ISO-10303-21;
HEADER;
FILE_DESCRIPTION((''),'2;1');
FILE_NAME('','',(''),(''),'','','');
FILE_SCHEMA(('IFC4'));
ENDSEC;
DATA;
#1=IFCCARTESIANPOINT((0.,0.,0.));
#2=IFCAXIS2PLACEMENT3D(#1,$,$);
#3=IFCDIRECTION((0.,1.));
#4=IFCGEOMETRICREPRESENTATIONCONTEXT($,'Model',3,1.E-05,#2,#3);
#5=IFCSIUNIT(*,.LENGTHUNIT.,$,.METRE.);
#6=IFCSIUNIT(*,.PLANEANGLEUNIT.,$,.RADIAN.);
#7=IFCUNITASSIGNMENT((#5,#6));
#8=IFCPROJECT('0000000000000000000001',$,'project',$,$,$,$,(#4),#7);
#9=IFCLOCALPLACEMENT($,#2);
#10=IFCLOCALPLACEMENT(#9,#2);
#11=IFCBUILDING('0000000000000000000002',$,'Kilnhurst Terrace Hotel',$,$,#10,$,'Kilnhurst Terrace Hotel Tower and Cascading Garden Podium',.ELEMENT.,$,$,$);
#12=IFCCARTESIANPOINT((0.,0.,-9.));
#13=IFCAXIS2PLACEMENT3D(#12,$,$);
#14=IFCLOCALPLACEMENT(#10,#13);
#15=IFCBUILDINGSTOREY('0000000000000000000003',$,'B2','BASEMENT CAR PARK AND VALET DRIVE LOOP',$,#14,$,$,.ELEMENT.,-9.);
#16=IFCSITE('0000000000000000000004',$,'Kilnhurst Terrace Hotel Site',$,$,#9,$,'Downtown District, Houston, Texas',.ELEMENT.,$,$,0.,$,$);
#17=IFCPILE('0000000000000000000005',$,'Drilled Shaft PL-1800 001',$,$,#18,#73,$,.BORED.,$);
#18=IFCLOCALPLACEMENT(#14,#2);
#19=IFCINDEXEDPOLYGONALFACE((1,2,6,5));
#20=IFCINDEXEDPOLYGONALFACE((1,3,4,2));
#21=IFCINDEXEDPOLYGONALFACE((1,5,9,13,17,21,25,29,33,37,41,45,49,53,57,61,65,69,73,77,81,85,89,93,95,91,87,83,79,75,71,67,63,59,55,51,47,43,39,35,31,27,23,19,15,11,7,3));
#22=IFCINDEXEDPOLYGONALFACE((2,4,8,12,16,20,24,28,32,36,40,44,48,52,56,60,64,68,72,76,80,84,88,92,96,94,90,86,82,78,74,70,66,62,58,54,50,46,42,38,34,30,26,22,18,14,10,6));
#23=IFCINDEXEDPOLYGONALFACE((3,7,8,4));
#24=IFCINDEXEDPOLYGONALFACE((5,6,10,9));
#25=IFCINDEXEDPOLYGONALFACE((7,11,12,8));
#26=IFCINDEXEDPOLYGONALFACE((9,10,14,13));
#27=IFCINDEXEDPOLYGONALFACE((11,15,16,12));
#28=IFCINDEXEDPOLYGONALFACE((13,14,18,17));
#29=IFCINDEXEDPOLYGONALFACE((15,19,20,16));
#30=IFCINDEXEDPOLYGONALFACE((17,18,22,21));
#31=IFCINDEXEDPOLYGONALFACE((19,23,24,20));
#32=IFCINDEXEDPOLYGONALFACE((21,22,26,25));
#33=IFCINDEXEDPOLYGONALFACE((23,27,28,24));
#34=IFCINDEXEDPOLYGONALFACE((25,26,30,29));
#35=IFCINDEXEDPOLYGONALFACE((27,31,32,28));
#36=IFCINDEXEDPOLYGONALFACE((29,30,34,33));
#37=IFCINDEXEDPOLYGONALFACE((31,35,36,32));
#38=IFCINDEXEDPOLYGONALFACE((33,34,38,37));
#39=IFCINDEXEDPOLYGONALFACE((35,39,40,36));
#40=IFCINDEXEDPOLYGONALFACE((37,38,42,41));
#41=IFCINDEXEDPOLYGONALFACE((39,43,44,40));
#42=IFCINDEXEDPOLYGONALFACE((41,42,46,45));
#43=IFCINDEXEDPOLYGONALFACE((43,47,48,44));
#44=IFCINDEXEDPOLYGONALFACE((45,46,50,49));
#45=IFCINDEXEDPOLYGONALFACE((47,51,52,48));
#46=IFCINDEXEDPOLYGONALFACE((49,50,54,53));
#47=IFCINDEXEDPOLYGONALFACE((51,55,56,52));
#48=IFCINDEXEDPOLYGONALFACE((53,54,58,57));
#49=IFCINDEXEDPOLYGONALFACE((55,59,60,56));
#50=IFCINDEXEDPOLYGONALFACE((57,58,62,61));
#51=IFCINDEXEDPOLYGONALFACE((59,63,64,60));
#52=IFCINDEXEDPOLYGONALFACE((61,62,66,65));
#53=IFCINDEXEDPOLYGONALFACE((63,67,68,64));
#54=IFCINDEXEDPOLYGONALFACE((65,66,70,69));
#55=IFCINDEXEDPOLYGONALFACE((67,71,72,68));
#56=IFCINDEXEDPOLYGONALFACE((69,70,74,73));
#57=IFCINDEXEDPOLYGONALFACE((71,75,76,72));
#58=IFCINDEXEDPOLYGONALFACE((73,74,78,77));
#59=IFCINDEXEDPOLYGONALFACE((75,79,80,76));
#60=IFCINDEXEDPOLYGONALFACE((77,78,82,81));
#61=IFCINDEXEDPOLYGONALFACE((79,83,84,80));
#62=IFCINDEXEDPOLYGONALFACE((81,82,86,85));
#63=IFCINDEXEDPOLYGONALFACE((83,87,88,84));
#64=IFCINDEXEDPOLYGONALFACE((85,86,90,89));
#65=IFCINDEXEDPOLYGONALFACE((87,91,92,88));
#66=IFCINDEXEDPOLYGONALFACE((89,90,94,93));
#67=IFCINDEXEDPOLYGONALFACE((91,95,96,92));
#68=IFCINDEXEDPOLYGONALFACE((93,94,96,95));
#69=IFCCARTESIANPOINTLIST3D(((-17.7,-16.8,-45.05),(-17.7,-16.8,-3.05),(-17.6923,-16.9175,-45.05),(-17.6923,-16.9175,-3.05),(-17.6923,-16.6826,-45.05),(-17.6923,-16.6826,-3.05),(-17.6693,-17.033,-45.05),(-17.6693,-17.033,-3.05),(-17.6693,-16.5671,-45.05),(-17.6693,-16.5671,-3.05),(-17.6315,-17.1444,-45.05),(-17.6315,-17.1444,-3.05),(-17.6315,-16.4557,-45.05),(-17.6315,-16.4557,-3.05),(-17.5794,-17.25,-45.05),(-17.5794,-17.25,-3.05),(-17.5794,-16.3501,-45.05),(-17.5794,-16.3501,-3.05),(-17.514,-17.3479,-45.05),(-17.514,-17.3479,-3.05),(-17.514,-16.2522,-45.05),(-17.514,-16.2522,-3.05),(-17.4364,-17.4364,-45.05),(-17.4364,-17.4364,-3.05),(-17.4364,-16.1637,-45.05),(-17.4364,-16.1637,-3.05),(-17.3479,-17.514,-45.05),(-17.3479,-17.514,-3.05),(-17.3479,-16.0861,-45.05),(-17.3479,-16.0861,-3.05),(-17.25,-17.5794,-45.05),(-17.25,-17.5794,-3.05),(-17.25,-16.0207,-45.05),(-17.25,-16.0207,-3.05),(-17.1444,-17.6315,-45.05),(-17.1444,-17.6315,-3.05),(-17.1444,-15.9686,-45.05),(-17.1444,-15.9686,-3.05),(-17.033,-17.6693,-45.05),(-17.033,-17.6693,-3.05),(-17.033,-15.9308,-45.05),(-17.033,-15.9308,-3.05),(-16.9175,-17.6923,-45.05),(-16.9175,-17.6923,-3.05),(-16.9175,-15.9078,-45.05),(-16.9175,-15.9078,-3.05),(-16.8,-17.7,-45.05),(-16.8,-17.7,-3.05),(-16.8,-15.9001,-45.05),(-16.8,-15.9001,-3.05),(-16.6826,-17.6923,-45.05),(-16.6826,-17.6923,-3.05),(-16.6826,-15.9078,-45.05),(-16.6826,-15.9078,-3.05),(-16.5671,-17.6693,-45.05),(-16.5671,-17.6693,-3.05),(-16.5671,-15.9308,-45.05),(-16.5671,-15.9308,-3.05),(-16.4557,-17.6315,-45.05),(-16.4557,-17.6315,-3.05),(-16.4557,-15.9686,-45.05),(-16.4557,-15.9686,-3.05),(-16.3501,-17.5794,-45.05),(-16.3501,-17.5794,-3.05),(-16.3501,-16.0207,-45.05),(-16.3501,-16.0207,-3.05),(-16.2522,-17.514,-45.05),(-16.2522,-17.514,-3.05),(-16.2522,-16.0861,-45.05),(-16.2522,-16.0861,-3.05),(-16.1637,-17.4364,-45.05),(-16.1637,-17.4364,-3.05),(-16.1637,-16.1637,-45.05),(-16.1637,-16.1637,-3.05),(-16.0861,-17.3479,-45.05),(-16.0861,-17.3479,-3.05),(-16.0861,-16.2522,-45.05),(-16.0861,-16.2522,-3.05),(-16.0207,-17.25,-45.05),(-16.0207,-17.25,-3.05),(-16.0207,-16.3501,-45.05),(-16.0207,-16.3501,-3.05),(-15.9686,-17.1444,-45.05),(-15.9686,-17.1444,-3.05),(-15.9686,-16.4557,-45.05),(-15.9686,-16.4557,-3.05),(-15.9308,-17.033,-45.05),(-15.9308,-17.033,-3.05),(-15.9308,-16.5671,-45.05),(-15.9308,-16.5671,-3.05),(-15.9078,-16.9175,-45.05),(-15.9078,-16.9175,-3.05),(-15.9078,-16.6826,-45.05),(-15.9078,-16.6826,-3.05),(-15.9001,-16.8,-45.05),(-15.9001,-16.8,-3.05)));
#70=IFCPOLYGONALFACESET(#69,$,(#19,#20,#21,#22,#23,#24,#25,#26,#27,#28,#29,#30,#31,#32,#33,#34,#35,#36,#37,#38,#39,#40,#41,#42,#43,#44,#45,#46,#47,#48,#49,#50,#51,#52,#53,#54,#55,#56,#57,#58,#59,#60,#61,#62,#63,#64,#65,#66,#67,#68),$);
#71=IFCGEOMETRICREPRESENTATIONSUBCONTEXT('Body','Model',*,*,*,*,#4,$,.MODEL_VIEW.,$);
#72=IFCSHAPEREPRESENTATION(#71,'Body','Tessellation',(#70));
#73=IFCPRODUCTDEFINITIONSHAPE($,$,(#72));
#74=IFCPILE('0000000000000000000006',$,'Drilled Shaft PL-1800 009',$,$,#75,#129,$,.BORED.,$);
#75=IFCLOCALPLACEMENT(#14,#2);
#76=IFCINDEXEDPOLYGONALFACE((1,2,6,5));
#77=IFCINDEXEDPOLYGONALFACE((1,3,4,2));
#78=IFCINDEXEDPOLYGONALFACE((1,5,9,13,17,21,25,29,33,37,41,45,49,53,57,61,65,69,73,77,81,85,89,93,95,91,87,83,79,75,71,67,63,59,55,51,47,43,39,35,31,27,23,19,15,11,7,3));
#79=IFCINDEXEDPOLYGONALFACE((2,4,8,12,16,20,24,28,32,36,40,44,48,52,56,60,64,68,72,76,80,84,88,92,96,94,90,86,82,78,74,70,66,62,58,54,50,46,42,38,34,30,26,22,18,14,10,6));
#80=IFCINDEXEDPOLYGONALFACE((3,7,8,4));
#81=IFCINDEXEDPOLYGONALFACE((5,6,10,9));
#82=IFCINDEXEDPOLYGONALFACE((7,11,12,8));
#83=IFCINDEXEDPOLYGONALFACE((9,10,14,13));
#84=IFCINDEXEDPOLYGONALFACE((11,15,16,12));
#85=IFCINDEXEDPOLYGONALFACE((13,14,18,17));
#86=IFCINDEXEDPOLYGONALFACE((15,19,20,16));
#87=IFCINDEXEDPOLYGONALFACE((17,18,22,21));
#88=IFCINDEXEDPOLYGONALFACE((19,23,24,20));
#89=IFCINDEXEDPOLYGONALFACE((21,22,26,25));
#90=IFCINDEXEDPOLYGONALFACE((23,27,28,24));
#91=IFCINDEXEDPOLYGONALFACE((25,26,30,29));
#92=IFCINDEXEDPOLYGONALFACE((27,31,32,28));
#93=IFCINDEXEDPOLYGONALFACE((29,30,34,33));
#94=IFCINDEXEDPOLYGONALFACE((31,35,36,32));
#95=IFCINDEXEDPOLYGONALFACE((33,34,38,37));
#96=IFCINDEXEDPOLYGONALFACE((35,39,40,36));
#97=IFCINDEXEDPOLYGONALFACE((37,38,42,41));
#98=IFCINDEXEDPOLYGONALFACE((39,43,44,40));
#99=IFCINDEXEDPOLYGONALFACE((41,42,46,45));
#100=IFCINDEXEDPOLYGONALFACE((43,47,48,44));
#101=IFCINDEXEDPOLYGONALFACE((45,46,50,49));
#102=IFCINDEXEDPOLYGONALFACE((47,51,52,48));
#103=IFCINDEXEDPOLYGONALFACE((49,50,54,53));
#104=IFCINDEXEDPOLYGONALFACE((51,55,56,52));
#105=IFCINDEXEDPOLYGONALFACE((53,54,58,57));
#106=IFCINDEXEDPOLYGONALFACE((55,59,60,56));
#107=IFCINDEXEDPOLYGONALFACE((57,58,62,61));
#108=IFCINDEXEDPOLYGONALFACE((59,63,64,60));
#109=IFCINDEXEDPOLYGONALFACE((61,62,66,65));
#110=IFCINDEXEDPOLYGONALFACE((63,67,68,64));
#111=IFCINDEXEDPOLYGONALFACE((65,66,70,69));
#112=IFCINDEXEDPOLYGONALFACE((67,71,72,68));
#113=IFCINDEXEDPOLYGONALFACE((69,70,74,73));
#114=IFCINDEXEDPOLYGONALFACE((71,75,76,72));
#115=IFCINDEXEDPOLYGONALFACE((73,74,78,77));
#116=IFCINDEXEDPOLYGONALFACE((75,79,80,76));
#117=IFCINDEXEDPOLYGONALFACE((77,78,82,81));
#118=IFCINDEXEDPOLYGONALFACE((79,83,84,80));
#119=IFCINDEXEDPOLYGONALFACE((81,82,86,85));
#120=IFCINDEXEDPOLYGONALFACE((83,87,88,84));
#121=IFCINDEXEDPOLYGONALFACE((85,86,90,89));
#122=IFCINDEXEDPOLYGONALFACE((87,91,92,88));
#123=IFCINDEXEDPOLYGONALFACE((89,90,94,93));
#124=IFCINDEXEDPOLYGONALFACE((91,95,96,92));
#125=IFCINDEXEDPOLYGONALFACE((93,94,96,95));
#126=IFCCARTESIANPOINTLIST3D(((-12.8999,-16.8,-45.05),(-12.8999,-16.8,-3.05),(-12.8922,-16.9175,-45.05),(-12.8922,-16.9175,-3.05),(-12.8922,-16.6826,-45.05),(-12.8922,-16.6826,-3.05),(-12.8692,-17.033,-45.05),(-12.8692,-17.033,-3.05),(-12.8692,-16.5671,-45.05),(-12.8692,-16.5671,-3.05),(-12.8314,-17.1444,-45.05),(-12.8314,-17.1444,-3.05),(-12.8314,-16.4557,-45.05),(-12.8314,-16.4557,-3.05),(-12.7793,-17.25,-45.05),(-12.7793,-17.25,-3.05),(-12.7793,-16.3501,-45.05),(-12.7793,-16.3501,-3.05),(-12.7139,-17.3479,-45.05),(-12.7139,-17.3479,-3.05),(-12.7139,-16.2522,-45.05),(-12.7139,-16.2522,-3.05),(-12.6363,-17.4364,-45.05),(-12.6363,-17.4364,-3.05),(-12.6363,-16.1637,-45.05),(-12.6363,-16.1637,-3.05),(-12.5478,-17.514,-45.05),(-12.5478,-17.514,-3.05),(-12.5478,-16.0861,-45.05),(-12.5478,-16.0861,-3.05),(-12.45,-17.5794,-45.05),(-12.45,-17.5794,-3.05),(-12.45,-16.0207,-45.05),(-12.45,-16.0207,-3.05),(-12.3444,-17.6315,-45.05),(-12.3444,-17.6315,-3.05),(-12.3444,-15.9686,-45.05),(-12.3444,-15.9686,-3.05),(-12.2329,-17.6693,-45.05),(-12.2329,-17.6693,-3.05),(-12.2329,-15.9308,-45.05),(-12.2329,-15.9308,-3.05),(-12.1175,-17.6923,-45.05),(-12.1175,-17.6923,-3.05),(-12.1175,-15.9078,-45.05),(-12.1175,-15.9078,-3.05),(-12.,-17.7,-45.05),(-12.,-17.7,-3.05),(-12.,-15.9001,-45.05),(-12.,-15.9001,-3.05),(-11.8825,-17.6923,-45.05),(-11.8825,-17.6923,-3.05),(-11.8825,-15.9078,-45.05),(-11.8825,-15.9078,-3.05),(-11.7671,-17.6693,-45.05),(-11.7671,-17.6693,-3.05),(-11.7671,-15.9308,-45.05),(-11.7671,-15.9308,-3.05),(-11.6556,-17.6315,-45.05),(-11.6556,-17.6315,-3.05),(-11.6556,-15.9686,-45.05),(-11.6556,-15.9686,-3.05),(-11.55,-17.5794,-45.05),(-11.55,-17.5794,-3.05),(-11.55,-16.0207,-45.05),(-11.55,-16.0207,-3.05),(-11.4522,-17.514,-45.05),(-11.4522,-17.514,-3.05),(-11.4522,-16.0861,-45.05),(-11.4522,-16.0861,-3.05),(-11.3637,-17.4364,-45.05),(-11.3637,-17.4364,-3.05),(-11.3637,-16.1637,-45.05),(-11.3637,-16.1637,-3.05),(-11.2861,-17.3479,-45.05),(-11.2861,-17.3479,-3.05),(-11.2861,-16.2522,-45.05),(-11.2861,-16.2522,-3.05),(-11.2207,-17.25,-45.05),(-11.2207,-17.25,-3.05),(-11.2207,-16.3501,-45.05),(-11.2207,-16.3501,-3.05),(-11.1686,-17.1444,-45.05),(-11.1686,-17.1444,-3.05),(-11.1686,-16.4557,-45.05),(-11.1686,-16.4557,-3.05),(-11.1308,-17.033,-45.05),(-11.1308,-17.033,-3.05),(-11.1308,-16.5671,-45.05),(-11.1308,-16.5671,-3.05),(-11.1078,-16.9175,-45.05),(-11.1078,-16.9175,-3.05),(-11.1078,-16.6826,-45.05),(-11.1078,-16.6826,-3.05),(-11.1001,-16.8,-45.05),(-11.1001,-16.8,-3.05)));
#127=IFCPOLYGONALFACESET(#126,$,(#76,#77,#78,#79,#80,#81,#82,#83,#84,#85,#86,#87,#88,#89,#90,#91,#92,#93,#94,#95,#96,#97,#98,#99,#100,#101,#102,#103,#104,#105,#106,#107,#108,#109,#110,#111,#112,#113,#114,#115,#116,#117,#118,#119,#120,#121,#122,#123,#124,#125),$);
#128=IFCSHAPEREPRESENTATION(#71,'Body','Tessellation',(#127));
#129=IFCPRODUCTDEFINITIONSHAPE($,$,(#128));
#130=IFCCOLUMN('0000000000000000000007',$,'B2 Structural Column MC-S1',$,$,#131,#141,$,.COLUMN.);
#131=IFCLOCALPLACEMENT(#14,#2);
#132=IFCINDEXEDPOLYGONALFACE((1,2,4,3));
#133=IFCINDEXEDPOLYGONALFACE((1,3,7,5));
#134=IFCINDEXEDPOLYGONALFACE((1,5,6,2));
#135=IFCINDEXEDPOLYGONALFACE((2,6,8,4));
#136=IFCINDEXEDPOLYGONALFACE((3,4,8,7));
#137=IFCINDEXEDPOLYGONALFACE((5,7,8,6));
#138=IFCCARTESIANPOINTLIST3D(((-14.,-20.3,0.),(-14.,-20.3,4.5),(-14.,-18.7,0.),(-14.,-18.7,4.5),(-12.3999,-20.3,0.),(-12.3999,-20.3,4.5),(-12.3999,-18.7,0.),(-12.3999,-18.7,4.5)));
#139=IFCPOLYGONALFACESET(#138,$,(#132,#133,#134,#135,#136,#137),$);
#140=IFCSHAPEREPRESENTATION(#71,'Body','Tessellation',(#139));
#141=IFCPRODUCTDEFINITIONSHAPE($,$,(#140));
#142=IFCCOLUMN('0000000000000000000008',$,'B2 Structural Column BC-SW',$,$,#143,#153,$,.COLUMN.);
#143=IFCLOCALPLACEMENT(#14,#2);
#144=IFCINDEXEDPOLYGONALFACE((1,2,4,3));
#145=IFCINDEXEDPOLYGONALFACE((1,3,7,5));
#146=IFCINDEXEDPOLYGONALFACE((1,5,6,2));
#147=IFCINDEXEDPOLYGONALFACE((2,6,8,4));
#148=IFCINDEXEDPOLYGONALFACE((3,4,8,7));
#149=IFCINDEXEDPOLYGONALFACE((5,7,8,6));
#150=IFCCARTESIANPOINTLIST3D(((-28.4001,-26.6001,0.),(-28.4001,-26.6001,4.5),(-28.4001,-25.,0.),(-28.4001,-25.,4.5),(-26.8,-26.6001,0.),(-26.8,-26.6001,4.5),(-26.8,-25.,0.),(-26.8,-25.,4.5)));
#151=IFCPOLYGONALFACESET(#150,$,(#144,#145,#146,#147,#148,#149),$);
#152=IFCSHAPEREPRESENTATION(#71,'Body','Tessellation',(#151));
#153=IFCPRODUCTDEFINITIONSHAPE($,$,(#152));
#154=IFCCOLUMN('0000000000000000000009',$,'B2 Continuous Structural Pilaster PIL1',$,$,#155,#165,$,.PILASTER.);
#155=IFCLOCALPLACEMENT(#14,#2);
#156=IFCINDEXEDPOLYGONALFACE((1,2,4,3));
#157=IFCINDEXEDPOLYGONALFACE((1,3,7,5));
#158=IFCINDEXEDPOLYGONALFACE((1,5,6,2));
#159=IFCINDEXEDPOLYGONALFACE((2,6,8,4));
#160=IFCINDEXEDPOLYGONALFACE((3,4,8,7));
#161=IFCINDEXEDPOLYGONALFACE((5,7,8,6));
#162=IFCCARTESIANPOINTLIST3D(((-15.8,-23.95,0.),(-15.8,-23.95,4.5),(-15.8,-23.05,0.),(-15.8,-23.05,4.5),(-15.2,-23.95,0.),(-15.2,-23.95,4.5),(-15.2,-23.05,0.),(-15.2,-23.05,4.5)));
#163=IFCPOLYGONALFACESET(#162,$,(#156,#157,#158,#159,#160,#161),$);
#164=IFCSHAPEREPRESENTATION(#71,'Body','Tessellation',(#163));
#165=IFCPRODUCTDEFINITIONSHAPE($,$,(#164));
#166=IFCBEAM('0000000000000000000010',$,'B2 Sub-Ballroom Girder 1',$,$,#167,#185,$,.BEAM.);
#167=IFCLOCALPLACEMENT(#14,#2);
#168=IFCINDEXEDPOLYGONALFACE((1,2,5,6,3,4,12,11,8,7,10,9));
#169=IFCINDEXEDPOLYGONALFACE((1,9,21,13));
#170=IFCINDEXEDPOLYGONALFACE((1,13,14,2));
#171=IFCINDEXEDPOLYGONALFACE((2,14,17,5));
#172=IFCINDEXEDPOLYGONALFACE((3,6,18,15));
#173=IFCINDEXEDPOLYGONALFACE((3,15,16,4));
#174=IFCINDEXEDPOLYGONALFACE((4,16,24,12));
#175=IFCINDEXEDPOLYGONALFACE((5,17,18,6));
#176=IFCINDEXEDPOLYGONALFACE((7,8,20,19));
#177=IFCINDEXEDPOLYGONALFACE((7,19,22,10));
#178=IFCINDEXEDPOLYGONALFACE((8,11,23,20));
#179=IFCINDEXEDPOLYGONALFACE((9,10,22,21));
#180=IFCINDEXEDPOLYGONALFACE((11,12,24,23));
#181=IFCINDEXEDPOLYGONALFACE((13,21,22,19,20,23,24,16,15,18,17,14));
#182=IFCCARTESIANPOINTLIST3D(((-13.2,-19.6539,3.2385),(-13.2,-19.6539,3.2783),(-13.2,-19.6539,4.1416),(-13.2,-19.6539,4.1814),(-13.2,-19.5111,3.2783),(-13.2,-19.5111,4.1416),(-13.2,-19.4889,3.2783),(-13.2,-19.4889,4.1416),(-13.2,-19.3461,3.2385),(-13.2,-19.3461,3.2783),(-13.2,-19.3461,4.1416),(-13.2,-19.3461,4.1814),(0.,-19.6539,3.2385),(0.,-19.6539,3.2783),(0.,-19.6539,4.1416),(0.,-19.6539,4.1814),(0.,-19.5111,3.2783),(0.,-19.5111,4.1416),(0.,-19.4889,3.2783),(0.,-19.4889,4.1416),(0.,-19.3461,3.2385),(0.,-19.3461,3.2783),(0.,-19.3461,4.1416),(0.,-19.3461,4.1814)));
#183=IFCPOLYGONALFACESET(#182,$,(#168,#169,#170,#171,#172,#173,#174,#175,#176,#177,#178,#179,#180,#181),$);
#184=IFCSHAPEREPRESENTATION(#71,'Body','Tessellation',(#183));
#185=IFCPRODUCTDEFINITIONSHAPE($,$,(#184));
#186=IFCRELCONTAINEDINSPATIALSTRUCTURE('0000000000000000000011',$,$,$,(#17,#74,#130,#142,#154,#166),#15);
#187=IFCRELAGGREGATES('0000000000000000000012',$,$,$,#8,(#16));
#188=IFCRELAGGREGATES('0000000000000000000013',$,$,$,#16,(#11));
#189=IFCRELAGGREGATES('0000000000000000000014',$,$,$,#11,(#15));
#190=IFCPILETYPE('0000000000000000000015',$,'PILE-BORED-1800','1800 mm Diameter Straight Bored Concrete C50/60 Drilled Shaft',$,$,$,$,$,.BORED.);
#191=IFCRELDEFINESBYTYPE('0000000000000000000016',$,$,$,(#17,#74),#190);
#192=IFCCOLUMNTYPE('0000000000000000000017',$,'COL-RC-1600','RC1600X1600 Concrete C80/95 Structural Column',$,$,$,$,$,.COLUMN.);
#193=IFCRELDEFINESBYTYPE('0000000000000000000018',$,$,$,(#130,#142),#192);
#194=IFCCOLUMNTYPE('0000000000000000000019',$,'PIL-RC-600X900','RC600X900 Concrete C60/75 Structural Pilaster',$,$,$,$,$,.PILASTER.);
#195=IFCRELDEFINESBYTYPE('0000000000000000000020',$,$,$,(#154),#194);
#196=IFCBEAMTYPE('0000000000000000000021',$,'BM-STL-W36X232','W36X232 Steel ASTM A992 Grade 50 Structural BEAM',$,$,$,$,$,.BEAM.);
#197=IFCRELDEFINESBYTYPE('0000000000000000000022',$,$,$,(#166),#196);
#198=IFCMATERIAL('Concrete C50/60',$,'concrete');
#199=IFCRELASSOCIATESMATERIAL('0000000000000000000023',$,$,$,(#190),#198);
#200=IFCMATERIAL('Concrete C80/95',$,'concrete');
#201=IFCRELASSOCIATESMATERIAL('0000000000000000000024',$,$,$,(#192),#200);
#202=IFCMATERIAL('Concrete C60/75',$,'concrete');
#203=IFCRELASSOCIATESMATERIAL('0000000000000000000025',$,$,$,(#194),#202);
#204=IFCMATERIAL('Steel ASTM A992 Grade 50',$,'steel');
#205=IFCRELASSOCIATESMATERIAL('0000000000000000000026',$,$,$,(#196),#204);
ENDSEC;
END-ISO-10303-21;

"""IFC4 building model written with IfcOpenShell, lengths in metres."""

from ifc_helpers import new_model, si_unit, direction, frame, origin, origin_2d, place, context, subcontext, project, spatial, rectangle, circle, i_section, extrude, material, material_profile, profile_set, type_object, element, save


model = new_model("IFC4")

# Units and contexts
model_context = context("Model", 3, precision=1e-05, world=origin(), true_north=direction((0.0, 1.0)))
body_context = subcontext(model_context, "Body", "Model", "MODEL_VIEW")
ifc_project = project(units=[si_unit("LENGTHUNIT", "METRE"), si_unit("PLANEANGLEUNIT", "RADIAN")], contexts=[model_context])

# Site, building, storey
site_placement = place(None, origin())
site = spatial("IfcSite", under=ifc_project, at=site_placement, Name="Kilnhurst Terrace Hotel Site", LongName="Downtown District, Houston, Texas", CompositionType="ELEMENT", RefElevation=0.0)
building_placement = place(site_placement, origin())
building = spatial("IfcBuilding", under=site, at=building_placement, Name="Kilnhurst Terrace Hotel", LongName="Kilnhurst Terrace Hotel Tower and Cascading Garden Podium", CompositionType="ELEMENT")
storey_placement = place(building_placement, frame((0.0, 0.0, -9.0)))
storey = spatial("IfcBuildingStorey", under=building, at=storey_placement, Name="B2", Description="BASEMENT CAR PARK AND VALET DRIVE LOOP", CompositionType="ELEMENT", Elevation=-9.0)

# Piles
ifc_material_1 = material(Name="Concrete C50/60", Category="concrete")
ifc_material_profile_1 = material_profile(ifc_material_1, circle(Radius=0.8999, at=origin_2d()), Name="PILE1800")
ifc_profile_set_1 = profile_set([ifc_material_profile_1], Name="Concrete C50/60")
pile_type_1 = type_object("IfcPileType", Name="PILE-BORED-1800", Description="1800 mm Diameter Straight Bored Concrete C50/60 Drilled Shaft", PredefinedType="BORED", material=ifc_profile_set_1)
for number, where, z_axis, x_axis, name in (
    (1, (-16.8, -16.8, -3.05), (0.0, 0.0, -1.0), (1.0, 0.0, 0.0), "Drilled Shaft PL-1800 001"),
    (2, (-12.0, -16.8, -3.05), (0.0, 0.0, -1.0), (1.0, 0.0, 0.0), "Drilled Shaft PL-1800 009"),
):
    element("IfcPile", number, at=place(storey_placement, frame(where, z_axis=z_axis, x_axis=x_axis)), inside=storey, type_object=pile_type_1, Name=name, PredefinedType="BORED", context=body_context, shape_type="SweptSolid", body=[
        extrude(circle(Radius=0.8999, at=origin_2d()), origin(), (0.0, 0.0, 1.0), 42.0),
    ])

# Columns
ifc_material_2 = material(Name="Concrete C80/95", Category="concrete")
ifc_material_profile_2 = material_profile(ifc_material_2, rectangle(XDim=1.6001, YDim=1.6001, at=origin_2d()), Name="RC1600X1600")
ifc_profile_set_2 = profile_set([ifc_material_profile_2], Name="Concrete C80/95")
column_type_1 = type_object("IfcColumnType", Name="COL-RC-1600", Description="RC1600X1600 Concrete C80/95 Structural Column", PredefinedType="COLUMN", material=ifc_profile_set_2)
for number, where, z_axis, x_axis, name in (
    (3, (-13.2, -19.5, 0.0), (0.0, 0.0, 1.0), (1.0, 0.0, 0.0), "B2 Structural Column MC-S1"),
    (4, (-27.6001, -25.8, 0.0), (0.0, 0.0, 1.0), (1.0, 0.0, 0.0), "B2 Structural Column BC-SW"),
):
    element("IfcColumn", number, at=place(storey_placement, frame(where, z_axis=z_axis, x_axis=x_axis)), inside=storey, type_object=column_type_1, Name=name, PredefinedType="COLUMN", context=body_context, shape_type="SweptSolid", body=[
        extrude(rectangle(XDim=1.6001, YDim=1.6001, at=origin_2d()), origin(), (0.0, 0.0, 1.0), 4.5),
    ])
ifc_material_3 = material(Name="Concrete C60/75", Category="concrete")
ifc_material_profile_3 = material_profile(ifc_material_3, rectangle(XDim=0.6001, YDim=0.8999, at=origin_2d()), Name="RC600X900")
ifc_profile_set_3 = profile_set([ifc_material_profile_3], Name="Concrete C60/75")
column_type_2 = type_object("IfcColumnType", Name="PIL-RC-600X900", Description="RC600X900 Concrete C60/75 Structural Pilaster", PredefinedType="PILASTER", material=ifc_profile_set_3)
column_placement = place(storey_placement, frame((-15.5, -23.5, 0.0), z_axis=(0.0, 0.0, 1.0), x_axis=(1.0, 0.0, 0.0)))
element("IfcColumn", 5, at=column_placement, inside=storey, type_object=column_type_2, Name="B2 Continuous Structural Pilaster PIL1", PredefinedType="PILASTER", context=body_context, shape_type="SweptSolid", body=[
    extrude(rectangle(XDim=0.6001, YDim=0.8999, at=origin_2d()), origin(), (0.0, 0.0, 1.0), 4.5),
])

# Beam
ifc_material_4 = material(Name="Steel ASTM A992 Grade 50", Category="steel")
ifc_material_profile_4 = material_profile(ifc_material_4, i_section(OverallWidth=0.3079, OverallDepth=0.9429, WebThickness=0.0222, FlangeThickness=0.0398, at=origin_2d()), Name="W36X232")
ifc_profile_set_4 = profile_set([ifc_material_profile_4], Name="Steel ASTM A992 Grade 50")
beam_type_1 = type_object("IfcBeamType", Name="BM-STL-W36X232", Description="W36X232 Steel ASTM A992 Grade 50 Structural BEAM", PredefinedType="BEAM", material=ifc_profile_set_4)
beam_1_placement = place(storey_placement, frame((-13.2, -19.5, 3.71), z_axis=(1.0, 0.0, 0.0), x_axis=(0.0, 1.0, 0.0)))
element("IfcBeam", 6, at=beam_1_placement, inside=storey, type_object=beam_type_1, Name="B2 Sub-Ballroom Girder 1", PredefinedType="BEAM", context=body_context, shape_type="SweptSolid", body=[
    extrude(i_section(OverallWidth=0.3079, OverallDepth=0.9429, WebThickness=0.0222, FlangeThickness=0.0398, at=origin_2d()), origin(), (0.0, 0.0, 1.0), 13.2),
])

save(model, "model.ifc")
